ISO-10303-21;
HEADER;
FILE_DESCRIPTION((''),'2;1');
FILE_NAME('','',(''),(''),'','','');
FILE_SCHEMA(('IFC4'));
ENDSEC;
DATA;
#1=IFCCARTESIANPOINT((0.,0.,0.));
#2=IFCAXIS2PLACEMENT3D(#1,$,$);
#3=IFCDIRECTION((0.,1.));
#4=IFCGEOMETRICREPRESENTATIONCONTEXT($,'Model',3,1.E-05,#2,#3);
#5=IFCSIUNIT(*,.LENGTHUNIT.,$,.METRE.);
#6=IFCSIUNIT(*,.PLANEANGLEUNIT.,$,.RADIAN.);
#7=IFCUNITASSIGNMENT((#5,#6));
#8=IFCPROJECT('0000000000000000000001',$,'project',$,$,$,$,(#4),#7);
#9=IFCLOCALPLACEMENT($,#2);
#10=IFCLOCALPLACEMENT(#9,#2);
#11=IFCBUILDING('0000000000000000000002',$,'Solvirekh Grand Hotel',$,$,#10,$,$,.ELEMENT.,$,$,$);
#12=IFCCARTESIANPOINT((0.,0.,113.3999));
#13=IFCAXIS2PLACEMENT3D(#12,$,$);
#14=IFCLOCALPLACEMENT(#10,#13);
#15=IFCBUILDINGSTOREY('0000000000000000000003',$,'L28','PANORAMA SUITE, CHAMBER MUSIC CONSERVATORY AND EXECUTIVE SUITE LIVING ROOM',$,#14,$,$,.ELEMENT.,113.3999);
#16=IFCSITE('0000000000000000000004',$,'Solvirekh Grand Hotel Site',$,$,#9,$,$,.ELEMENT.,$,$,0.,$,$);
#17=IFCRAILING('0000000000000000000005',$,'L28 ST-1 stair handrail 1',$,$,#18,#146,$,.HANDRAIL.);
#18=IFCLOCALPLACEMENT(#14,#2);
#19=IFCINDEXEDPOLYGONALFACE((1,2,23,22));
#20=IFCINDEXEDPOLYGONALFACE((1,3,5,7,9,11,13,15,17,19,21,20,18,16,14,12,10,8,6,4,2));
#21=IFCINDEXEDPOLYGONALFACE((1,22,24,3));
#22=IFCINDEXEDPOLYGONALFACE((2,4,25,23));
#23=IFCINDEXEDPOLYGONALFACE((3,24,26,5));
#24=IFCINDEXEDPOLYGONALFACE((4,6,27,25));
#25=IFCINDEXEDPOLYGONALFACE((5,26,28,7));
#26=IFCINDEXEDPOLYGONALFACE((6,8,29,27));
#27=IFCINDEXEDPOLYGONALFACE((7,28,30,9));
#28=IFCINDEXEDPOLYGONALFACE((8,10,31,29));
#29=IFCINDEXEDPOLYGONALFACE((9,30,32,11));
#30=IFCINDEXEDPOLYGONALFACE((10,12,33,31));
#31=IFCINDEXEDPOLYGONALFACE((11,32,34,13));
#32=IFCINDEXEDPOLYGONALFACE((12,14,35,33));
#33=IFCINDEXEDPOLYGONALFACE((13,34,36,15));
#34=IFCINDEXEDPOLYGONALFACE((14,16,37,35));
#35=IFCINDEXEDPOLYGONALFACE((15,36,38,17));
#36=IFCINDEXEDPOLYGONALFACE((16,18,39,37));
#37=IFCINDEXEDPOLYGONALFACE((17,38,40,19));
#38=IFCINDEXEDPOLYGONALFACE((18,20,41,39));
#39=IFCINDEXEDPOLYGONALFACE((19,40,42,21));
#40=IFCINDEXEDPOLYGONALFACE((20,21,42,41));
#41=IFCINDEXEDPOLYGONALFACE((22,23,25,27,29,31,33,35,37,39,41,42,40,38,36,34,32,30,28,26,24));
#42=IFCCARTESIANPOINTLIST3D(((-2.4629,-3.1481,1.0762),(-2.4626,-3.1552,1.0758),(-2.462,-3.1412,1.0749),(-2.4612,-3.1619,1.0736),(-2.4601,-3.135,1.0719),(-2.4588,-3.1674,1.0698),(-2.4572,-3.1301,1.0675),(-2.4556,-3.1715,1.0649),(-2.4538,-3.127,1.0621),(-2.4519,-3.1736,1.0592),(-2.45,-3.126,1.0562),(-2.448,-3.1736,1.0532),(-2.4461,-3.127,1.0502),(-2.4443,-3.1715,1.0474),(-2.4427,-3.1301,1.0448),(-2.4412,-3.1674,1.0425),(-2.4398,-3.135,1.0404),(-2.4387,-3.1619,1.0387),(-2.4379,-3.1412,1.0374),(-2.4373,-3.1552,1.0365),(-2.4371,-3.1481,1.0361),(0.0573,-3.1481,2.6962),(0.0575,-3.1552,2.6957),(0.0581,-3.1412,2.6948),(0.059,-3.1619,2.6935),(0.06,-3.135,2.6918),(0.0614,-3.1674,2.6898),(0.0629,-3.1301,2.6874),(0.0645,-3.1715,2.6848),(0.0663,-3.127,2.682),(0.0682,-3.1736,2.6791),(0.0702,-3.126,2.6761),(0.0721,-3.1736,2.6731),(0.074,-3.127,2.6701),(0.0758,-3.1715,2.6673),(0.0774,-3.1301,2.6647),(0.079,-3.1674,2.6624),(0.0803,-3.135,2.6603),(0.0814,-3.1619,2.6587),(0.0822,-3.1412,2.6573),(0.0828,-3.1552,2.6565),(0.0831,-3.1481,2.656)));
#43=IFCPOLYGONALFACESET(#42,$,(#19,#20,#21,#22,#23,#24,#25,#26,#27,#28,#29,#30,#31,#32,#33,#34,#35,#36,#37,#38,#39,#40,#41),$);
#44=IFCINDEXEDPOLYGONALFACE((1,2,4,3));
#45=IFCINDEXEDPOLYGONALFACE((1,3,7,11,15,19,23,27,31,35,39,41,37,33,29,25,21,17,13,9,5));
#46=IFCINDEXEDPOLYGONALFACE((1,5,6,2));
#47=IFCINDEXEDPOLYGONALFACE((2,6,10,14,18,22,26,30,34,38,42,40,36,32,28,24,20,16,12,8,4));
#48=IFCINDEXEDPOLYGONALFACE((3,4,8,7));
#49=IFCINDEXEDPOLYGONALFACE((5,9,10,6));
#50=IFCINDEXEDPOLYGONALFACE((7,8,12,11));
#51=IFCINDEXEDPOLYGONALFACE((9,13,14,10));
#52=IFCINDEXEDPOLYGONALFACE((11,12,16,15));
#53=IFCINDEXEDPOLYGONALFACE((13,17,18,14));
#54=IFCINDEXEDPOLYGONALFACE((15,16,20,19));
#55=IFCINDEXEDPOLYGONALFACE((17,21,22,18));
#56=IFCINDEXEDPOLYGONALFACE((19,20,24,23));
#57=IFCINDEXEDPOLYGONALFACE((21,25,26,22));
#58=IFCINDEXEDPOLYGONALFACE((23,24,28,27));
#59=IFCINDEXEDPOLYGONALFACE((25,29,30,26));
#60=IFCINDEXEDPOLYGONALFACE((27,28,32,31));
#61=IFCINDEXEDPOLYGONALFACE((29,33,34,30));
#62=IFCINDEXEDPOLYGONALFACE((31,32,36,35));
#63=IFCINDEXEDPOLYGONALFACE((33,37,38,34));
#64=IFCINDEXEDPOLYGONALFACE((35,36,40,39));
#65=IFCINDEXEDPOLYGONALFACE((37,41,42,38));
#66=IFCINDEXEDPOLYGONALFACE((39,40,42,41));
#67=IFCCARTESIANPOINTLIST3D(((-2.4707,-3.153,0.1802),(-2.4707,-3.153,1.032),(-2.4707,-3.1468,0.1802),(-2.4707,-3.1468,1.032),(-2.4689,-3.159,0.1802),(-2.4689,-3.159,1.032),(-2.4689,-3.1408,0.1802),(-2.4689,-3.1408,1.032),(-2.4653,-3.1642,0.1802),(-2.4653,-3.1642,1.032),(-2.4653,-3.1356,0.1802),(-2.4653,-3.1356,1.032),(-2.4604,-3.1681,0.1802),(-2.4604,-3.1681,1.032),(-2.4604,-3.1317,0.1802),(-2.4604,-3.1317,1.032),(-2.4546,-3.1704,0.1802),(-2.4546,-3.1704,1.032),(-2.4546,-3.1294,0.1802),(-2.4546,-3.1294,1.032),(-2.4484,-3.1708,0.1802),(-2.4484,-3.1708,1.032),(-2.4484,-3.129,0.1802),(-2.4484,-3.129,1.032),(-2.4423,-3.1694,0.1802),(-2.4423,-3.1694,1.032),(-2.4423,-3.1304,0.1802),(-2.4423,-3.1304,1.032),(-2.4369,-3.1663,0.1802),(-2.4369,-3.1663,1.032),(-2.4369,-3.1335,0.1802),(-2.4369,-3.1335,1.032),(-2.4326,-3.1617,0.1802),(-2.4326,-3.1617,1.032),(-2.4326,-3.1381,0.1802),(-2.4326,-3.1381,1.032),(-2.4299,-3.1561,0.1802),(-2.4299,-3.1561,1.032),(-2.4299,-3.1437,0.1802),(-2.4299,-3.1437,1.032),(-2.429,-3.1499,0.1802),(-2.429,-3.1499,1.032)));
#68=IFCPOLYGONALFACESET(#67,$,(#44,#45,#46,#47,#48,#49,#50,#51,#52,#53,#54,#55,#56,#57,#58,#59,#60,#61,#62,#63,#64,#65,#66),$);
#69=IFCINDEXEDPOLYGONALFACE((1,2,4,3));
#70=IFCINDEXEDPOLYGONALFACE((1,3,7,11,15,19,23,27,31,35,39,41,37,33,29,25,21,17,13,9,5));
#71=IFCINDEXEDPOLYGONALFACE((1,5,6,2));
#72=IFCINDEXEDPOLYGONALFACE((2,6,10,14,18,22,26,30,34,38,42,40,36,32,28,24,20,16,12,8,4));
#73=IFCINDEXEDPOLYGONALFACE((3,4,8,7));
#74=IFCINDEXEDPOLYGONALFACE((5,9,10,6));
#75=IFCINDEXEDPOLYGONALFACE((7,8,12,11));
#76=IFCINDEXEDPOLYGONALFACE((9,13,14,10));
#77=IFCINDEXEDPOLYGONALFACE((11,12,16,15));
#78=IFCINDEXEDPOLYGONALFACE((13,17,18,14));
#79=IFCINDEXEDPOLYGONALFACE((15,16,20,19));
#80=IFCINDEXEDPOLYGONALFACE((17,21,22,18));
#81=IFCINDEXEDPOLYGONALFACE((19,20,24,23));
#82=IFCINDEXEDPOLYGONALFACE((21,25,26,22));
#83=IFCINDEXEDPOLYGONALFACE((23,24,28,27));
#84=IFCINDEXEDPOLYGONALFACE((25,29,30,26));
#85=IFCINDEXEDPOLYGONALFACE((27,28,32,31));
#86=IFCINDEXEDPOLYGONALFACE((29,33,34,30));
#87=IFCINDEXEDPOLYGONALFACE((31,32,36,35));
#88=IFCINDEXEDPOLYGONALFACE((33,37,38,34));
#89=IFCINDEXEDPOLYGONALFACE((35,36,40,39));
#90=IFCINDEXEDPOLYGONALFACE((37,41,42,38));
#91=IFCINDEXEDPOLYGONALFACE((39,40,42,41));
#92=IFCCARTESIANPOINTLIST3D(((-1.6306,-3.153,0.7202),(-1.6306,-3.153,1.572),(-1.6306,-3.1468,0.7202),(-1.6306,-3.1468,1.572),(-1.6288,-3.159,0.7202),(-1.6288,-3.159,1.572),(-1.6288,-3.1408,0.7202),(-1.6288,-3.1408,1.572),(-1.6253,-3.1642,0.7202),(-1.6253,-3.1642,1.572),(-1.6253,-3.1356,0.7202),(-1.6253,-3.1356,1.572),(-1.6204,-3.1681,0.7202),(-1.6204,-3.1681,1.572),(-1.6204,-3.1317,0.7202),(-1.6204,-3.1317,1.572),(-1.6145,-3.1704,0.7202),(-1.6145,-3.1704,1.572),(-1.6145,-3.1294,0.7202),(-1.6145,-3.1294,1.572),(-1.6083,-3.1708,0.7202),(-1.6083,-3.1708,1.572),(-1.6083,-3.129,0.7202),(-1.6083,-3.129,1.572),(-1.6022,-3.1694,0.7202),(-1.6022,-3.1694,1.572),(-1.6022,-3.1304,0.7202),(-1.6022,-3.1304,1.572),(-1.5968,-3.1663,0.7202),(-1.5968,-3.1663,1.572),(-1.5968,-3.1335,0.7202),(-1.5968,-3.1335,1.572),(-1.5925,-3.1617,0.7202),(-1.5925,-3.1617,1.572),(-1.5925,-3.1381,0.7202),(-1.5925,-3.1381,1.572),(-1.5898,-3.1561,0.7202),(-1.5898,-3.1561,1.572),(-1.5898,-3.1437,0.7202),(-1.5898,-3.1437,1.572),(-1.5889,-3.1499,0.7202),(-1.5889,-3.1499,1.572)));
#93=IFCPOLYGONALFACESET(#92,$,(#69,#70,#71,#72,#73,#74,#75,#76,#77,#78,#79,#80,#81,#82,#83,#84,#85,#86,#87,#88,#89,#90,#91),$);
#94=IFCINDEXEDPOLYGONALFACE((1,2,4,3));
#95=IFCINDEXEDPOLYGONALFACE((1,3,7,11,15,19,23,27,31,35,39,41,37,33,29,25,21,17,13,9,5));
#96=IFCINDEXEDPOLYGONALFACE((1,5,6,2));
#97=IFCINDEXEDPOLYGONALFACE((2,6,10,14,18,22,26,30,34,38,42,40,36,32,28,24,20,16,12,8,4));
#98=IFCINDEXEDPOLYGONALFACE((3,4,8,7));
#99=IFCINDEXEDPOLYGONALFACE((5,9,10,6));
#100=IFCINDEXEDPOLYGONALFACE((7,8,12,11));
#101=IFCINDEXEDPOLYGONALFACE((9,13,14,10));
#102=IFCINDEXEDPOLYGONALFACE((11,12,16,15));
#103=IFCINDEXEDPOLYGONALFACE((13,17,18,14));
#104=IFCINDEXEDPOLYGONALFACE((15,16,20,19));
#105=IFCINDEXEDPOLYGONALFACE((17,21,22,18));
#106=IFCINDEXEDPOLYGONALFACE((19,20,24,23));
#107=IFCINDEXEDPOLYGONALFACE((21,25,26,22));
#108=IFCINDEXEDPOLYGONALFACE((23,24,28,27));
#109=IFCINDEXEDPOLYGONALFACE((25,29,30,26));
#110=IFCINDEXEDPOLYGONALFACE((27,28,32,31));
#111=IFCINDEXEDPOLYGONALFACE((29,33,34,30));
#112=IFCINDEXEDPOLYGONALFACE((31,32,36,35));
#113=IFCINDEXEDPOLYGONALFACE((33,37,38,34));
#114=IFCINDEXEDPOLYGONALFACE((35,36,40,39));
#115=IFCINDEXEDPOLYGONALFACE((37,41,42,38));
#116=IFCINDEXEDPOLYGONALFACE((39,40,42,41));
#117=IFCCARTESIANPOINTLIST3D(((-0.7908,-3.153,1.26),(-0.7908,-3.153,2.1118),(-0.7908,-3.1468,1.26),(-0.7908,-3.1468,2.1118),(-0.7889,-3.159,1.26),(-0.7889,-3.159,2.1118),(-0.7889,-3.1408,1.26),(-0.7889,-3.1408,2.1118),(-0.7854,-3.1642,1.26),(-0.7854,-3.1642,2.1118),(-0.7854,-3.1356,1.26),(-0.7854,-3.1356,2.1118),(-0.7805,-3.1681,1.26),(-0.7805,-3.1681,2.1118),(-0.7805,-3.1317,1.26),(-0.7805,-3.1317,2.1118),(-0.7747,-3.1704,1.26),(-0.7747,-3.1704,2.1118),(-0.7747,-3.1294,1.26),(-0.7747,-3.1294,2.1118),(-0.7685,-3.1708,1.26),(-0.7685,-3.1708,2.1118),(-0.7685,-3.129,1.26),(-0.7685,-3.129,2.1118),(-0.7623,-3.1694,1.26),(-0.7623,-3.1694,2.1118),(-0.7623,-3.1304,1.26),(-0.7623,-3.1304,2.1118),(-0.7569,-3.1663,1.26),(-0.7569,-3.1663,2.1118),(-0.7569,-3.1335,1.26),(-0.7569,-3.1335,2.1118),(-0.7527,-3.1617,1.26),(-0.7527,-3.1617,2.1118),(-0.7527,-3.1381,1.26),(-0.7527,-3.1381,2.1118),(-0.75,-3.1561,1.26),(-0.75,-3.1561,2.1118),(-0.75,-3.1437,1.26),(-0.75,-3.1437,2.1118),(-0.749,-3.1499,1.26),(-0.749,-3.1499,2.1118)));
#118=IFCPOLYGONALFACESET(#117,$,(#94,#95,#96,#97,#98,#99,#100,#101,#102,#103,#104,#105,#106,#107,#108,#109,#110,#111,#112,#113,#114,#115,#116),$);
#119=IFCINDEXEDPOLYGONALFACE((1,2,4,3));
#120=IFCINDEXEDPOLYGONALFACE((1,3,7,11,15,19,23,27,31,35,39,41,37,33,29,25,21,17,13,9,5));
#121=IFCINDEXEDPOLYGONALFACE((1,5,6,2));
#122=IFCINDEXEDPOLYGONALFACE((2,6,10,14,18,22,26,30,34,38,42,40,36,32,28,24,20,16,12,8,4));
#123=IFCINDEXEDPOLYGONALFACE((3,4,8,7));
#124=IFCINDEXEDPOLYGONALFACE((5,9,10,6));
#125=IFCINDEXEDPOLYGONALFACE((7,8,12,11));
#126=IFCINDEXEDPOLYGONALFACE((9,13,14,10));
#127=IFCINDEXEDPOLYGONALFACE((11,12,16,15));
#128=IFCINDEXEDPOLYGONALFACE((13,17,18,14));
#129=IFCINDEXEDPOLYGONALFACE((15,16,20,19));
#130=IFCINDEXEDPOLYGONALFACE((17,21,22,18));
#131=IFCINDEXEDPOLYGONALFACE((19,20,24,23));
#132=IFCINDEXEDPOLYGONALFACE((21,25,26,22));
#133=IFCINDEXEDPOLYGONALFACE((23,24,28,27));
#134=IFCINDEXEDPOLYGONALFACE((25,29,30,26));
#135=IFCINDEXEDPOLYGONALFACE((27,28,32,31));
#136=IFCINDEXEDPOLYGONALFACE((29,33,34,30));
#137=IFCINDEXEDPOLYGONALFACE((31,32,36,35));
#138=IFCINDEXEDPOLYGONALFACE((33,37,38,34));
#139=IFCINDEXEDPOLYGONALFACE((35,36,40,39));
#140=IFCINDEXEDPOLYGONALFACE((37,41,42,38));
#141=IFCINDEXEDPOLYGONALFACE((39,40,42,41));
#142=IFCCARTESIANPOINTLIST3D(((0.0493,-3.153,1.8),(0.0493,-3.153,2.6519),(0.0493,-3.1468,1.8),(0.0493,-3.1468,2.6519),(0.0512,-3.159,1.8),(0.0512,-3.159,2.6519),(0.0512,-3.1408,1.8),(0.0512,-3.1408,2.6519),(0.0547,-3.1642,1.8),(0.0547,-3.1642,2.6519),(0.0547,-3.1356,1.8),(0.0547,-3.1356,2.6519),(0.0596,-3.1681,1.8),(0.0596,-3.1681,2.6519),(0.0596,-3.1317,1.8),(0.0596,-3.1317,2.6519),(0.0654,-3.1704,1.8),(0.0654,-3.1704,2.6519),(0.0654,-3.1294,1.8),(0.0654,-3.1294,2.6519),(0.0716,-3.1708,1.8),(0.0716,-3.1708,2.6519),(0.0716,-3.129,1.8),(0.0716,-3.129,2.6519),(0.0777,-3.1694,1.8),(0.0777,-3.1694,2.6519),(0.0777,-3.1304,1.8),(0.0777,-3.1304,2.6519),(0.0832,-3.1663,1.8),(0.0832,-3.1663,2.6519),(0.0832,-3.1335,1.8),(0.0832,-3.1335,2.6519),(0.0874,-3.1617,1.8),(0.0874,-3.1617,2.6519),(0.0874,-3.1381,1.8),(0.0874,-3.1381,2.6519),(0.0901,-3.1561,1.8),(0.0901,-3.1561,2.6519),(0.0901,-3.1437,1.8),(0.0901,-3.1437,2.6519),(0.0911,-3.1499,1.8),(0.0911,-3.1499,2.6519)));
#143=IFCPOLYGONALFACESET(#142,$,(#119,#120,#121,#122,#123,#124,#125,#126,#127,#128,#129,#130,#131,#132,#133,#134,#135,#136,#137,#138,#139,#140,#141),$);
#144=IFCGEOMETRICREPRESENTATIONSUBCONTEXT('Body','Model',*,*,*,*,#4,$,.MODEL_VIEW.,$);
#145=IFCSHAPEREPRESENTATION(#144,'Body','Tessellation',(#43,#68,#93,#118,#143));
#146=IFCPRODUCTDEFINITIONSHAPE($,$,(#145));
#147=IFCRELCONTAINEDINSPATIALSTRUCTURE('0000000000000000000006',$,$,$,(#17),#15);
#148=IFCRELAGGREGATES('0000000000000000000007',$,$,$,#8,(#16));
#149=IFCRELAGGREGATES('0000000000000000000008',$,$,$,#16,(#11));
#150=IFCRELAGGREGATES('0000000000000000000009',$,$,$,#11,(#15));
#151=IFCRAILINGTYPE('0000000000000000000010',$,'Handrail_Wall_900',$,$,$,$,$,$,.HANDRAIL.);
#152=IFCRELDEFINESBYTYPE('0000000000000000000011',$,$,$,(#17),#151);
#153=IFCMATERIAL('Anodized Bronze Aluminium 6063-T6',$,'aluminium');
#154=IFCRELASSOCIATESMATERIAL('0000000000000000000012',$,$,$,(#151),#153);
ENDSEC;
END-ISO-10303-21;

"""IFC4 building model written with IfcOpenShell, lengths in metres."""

from ifc_helpers import new_model, si_unit, direction, frame, origin, origin_2d, place, context, subcontext, project, spatial, circle, extrude, material, type_object, element, save


model = new_model("IFC4")

# Units and contexts
model_context = context("Model", 3, precision=1e-05, world=origin(), true_north=direction((0.0, 1.0)))
body_context = subcontext(model_context, "Body", "Model", "MODEL_VIEW")
ifc_project = project(units=[si_unit("LENGTHUNIT", "METRE"), si_unit("PLANEANGLEUNIT", "RADIAN")], contexts=[model_context])

# Site, building, storey
site_placement = place(None, origin())
site = spatial("IfcSite", under=ifc_project, at=site_placement, Name="Solvirekh Grand Hotel Site", CompositionType="ELEMENT", RefElevation=0.0)
building_placement = place(site_placement, origin())
building = spatial("IfcBuilding", under=site, at=building_placement, Name="Solvirekh Grand Hotel", CompositionType="ELEMENT")
storey_placement = place(building_placement, frame((0.0, 0.0, 113.3999)))
storey = spatial("IfcBuildingStorey", under=building, at=storey_placement, Name="L28", Description="PANORAMA SUITE, CHAMBER MUSIC CONSERVATORY AND EXECUTIVE SUITE LIVING ROOM", CompositionType="ELEMENT", Elevation=113.3999)

# Shared definitions
ifc_material_1 = material(Name="Anodized Bronze Aluminium 6063-T6", Category="aluminium")

# Railing
railing_type_1 = type_object("IfcRailingType", Name="Handrail_Wall_900", PredefinedType="HANDRAIL", material=ifc_material_1)
railing_1_placement = place(storey_placement, frame((-2.45, -3.1499, 0.1802)))
element("IfcRailing", 1, at=railing_1_placement, inside=storey, type_object=railing_type_1, Name="L28 ST-1 stair handrail 1", PredefinedType="HANDRAIL", context=body_context, shape_type="SweptSolid", body=[
    extrude(circle(Radius=0.0239, at=origin_2d()), frame((0.0, 0.0, 0.876), z_axis=(0.8412, 0.0, 0.540725), x_axis=(0.0, 1.0, 0.0)), (0.0, 0.0, 1.0), 2.9958),
    extrude(circle(Radius=0.021, at=origin_2d()), origin(), (0.0, 0.0, 1.0), 0.8518),
    extrude(circle(Radius=0.021, at=origin_2d()), frame((0.8401, 0.0, 0.54)), (0.0, 0.0, 1.0), 0.8518),
    extrude(circle(Radius=0.021, at=origin_2d()), frame((1.6799, 0.0, 1.0798)), (0.0, 0.0, 1.0), 0.8518),
    extrude(circle(Radius=0.021, at=origin_2d()), frame((2.52, 0.0, 1.6199)), (0.0, 0.0, 1.0), 0.8518),
])

save(model, "model.ifc")
